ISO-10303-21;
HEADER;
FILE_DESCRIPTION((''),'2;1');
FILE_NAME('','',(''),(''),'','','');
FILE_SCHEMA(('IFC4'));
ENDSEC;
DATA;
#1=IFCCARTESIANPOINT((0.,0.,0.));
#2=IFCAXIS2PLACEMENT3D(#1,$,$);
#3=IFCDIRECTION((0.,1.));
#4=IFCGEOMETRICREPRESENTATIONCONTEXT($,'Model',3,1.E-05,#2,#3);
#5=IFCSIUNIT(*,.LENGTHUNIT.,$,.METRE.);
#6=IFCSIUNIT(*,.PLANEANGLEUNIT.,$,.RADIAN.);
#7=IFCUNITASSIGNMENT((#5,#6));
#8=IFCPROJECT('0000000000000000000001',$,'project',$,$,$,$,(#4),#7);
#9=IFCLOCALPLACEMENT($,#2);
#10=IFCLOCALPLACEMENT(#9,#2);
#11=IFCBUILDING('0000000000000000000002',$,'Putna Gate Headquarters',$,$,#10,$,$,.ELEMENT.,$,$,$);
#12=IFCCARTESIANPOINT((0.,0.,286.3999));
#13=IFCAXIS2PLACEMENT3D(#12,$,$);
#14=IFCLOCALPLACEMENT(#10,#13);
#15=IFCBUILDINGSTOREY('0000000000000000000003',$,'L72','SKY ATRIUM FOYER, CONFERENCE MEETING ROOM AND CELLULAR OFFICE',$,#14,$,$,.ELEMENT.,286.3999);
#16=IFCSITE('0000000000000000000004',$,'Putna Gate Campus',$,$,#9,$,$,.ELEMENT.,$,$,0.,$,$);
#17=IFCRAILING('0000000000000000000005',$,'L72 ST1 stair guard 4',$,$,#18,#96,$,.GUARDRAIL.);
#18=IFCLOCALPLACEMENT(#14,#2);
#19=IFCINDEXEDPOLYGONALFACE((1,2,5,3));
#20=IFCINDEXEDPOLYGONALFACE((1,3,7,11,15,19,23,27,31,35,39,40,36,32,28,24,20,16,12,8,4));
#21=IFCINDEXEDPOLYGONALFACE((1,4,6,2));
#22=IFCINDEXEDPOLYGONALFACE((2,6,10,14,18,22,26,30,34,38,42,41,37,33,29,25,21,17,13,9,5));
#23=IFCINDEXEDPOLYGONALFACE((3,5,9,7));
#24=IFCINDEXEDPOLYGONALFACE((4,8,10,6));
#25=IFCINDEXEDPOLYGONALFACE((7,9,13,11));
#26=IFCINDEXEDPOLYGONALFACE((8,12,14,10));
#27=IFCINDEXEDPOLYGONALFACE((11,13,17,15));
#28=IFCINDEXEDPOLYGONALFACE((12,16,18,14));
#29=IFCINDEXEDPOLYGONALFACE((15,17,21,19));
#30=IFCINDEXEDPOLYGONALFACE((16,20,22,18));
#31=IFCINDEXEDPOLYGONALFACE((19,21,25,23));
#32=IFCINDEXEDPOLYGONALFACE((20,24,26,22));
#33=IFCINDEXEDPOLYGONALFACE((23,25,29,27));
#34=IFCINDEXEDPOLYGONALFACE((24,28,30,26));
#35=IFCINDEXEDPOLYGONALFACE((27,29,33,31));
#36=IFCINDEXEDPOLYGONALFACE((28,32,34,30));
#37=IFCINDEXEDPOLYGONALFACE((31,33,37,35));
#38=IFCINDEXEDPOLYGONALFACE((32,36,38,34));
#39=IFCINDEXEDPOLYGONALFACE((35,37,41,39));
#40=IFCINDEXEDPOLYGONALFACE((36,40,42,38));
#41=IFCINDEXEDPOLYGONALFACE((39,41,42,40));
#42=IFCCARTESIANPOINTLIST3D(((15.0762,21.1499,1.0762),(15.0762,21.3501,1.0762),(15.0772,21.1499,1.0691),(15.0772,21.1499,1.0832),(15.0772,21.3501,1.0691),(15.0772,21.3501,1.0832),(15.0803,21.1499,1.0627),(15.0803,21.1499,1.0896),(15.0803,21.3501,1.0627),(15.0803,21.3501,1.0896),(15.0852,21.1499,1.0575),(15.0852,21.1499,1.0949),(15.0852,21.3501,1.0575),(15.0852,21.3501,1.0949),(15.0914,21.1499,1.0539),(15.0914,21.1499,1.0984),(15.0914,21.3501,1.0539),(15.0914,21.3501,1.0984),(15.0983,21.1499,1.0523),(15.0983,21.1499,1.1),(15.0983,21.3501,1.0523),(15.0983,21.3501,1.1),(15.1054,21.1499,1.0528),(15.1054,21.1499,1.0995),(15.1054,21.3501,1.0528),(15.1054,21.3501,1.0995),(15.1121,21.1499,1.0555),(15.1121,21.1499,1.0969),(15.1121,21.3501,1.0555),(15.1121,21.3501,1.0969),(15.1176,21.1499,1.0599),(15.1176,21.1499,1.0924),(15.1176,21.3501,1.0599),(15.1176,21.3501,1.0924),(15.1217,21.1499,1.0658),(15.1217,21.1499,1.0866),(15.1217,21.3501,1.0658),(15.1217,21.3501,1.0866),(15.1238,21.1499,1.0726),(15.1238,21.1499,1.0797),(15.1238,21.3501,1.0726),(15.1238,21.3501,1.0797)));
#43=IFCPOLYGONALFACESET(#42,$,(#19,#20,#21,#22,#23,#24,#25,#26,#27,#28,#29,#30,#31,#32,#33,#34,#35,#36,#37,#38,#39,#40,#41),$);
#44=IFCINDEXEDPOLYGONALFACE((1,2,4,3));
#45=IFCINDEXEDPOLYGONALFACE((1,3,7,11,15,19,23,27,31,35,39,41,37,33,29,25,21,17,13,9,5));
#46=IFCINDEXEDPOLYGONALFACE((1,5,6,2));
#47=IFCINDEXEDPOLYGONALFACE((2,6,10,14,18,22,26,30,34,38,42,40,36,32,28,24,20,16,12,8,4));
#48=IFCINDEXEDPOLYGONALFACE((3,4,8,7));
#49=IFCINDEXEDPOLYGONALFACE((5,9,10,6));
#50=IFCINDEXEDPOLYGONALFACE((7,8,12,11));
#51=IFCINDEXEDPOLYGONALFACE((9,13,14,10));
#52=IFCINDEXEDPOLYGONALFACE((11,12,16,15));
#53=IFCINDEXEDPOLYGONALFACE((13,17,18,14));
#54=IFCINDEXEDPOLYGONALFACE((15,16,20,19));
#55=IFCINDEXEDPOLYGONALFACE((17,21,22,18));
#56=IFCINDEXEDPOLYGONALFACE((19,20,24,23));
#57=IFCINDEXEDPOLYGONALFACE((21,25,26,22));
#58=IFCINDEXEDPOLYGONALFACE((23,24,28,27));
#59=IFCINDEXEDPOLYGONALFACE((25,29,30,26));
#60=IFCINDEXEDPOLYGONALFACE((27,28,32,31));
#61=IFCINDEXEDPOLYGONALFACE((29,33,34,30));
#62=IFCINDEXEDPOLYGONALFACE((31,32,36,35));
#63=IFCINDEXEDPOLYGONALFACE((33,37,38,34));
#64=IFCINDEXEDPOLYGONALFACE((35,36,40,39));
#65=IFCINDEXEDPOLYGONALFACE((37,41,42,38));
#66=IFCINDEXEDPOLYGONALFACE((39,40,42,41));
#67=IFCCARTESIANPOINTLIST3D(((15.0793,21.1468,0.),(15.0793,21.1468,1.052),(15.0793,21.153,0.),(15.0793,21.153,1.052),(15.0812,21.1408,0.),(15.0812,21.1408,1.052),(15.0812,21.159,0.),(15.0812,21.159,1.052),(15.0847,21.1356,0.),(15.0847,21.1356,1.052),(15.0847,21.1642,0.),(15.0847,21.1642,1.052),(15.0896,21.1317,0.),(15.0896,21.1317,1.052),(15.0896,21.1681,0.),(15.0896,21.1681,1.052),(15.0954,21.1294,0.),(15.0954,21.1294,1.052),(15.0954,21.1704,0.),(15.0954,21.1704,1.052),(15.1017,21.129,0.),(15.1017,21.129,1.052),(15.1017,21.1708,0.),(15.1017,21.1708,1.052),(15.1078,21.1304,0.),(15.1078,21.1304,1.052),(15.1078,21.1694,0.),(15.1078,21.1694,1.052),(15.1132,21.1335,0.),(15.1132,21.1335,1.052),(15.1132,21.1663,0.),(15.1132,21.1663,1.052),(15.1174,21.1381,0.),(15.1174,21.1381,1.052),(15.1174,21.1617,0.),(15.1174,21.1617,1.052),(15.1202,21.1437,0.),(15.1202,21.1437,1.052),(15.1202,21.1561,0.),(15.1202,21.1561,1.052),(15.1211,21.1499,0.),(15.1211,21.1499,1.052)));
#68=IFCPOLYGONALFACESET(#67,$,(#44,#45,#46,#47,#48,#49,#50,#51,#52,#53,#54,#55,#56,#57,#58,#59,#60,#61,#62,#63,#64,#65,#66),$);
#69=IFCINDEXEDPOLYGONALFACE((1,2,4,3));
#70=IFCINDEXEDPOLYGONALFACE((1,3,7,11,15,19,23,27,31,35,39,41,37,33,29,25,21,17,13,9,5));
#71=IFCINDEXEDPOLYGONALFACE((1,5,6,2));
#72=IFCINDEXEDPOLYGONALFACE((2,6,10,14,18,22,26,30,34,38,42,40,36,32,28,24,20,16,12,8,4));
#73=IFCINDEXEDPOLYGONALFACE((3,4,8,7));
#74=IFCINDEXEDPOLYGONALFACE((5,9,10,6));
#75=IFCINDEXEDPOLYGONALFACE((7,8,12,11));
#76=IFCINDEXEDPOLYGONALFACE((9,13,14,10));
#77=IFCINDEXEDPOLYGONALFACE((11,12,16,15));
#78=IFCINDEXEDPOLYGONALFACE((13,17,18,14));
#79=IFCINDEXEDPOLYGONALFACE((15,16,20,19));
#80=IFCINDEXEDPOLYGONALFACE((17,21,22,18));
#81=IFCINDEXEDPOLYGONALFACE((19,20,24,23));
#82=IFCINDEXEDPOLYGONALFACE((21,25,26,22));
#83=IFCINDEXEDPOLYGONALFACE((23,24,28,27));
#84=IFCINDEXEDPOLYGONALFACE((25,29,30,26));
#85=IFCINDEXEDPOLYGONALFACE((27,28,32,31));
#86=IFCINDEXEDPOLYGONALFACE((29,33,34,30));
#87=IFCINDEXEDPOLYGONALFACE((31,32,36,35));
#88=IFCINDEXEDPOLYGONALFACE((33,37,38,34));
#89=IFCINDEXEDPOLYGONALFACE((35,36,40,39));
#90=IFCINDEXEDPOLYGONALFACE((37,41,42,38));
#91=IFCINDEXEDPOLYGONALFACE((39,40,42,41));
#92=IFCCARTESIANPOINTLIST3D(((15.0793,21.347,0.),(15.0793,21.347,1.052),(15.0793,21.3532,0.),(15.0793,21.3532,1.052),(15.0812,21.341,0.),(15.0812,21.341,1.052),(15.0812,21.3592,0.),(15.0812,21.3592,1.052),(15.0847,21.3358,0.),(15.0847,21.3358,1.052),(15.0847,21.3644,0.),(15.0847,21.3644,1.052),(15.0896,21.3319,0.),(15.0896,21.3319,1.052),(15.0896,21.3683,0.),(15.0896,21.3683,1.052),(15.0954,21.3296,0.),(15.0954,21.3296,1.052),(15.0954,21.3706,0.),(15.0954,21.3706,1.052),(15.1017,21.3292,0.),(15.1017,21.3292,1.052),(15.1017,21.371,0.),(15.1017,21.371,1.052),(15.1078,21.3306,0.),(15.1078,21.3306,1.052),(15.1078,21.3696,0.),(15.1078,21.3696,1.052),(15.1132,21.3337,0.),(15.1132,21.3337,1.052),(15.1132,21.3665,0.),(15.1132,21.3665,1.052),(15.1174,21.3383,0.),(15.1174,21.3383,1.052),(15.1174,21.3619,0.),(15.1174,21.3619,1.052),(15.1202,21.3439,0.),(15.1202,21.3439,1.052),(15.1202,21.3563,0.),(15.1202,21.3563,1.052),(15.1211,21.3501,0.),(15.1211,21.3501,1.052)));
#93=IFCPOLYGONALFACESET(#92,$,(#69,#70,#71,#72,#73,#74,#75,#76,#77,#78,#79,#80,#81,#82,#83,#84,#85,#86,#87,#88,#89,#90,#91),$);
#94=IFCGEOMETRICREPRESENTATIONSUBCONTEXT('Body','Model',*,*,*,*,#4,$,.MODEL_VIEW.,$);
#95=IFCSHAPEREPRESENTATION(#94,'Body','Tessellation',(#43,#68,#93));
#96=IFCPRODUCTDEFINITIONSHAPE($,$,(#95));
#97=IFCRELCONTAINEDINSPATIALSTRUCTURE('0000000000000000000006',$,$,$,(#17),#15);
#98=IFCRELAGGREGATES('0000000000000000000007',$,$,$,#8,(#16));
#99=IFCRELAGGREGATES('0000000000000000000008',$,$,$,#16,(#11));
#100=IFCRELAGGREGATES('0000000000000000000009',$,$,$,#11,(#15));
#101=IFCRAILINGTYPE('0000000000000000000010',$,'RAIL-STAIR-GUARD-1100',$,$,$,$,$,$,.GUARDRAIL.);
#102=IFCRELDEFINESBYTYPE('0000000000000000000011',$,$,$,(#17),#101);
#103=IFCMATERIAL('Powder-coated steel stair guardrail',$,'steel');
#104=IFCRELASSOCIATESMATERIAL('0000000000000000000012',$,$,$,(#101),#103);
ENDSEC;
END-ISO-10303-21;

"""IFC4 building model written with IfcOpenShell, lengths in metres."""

from ifc_helpers import new_model, si_unit, direction, frame, origin, origin_2d, place, context, subcontext, project, spatial, circle, extrude, material, type_object, element, save


model = new_model("IFC4")

# Units and contexts
model_context = context("Model", 3, precision=1e-05, world=origin(), true_north=direction((0.0, 1.0)))
body_context = subcontext(model_context, "Body", "Model", "MODEL_VIEW")
ifc_project = project(units=[si_unit("LENGTHUNIT", "METRE"), si_unit("PLANEANGLEUNIT", "RADIAN")], contexts=[model_context])

# Site, building, storey
site_placement = place(None, origin())
site = spatial("IfcSite", under=ifc_project, at=site_placement, Name="Putna Gate Campus", CompositionType="ELEMENT", RefElevation=0.0)
building_placement = place(site_placement, origin())
building = spatial("IfcBuilding", under=site, at=building_placement, Name="Putna Gate Headquarters", CompositionType="ELEMENT")
storey_placement = place(building_placement, frame((0.0, 0.0, 286.3999)))
storey = spatial("IfcBuildingStorey", under=building, at=storey_placement, Name="L72", Description="SKY ATRIUM FOYER, CONFERENCE MEETING ROOM AND CELLULAR OFFICE", CompositionType="ELEMENT", Elevation=286.3999)

# Railing
ifc_material_1 = material(Name="Powder-coated steel stair guardrail", Category="steel")
railing_type_1 = type_object("IfcRailingType", Name="RAIL-STAIR-GUARD-1100", PredefinedType="GUARDRAIL", material=ifc_material_1)
railing_1_placement = place(storey_placement, frame((15.1001, 21.1499, 0.0)))
element("IfcRailing", 1, at=railing_1_placement, inside=storey, type_object=railing_type_1, Name="L72 ST1 stair guard 4", PredefinedType="GUARDRAIL", context=body_context, shape_type="SweptSolid", body=[
    extrude(circle(Radius=0.0239, at=origin_2d()), frame((0.0, 0.0, 1.0762), z_axis=(0.0, 1.0, 0.0), x_axis=(-1.0, 0.0, 0.0)), (0.0, 0.0, 1.0), 0.2002),
    extrude(circle(Radius=0.021, at=origin_2d()), origin(), (0.0, 0.0, 1.0), 1.052),
    extrude(circle(Radius=0.021, at=origin_2d()), frame((0.0, 0.2002, 0.0)), (0.0, 0.0, 1.0), 1.052),
])

save(model, "model.ifc")
